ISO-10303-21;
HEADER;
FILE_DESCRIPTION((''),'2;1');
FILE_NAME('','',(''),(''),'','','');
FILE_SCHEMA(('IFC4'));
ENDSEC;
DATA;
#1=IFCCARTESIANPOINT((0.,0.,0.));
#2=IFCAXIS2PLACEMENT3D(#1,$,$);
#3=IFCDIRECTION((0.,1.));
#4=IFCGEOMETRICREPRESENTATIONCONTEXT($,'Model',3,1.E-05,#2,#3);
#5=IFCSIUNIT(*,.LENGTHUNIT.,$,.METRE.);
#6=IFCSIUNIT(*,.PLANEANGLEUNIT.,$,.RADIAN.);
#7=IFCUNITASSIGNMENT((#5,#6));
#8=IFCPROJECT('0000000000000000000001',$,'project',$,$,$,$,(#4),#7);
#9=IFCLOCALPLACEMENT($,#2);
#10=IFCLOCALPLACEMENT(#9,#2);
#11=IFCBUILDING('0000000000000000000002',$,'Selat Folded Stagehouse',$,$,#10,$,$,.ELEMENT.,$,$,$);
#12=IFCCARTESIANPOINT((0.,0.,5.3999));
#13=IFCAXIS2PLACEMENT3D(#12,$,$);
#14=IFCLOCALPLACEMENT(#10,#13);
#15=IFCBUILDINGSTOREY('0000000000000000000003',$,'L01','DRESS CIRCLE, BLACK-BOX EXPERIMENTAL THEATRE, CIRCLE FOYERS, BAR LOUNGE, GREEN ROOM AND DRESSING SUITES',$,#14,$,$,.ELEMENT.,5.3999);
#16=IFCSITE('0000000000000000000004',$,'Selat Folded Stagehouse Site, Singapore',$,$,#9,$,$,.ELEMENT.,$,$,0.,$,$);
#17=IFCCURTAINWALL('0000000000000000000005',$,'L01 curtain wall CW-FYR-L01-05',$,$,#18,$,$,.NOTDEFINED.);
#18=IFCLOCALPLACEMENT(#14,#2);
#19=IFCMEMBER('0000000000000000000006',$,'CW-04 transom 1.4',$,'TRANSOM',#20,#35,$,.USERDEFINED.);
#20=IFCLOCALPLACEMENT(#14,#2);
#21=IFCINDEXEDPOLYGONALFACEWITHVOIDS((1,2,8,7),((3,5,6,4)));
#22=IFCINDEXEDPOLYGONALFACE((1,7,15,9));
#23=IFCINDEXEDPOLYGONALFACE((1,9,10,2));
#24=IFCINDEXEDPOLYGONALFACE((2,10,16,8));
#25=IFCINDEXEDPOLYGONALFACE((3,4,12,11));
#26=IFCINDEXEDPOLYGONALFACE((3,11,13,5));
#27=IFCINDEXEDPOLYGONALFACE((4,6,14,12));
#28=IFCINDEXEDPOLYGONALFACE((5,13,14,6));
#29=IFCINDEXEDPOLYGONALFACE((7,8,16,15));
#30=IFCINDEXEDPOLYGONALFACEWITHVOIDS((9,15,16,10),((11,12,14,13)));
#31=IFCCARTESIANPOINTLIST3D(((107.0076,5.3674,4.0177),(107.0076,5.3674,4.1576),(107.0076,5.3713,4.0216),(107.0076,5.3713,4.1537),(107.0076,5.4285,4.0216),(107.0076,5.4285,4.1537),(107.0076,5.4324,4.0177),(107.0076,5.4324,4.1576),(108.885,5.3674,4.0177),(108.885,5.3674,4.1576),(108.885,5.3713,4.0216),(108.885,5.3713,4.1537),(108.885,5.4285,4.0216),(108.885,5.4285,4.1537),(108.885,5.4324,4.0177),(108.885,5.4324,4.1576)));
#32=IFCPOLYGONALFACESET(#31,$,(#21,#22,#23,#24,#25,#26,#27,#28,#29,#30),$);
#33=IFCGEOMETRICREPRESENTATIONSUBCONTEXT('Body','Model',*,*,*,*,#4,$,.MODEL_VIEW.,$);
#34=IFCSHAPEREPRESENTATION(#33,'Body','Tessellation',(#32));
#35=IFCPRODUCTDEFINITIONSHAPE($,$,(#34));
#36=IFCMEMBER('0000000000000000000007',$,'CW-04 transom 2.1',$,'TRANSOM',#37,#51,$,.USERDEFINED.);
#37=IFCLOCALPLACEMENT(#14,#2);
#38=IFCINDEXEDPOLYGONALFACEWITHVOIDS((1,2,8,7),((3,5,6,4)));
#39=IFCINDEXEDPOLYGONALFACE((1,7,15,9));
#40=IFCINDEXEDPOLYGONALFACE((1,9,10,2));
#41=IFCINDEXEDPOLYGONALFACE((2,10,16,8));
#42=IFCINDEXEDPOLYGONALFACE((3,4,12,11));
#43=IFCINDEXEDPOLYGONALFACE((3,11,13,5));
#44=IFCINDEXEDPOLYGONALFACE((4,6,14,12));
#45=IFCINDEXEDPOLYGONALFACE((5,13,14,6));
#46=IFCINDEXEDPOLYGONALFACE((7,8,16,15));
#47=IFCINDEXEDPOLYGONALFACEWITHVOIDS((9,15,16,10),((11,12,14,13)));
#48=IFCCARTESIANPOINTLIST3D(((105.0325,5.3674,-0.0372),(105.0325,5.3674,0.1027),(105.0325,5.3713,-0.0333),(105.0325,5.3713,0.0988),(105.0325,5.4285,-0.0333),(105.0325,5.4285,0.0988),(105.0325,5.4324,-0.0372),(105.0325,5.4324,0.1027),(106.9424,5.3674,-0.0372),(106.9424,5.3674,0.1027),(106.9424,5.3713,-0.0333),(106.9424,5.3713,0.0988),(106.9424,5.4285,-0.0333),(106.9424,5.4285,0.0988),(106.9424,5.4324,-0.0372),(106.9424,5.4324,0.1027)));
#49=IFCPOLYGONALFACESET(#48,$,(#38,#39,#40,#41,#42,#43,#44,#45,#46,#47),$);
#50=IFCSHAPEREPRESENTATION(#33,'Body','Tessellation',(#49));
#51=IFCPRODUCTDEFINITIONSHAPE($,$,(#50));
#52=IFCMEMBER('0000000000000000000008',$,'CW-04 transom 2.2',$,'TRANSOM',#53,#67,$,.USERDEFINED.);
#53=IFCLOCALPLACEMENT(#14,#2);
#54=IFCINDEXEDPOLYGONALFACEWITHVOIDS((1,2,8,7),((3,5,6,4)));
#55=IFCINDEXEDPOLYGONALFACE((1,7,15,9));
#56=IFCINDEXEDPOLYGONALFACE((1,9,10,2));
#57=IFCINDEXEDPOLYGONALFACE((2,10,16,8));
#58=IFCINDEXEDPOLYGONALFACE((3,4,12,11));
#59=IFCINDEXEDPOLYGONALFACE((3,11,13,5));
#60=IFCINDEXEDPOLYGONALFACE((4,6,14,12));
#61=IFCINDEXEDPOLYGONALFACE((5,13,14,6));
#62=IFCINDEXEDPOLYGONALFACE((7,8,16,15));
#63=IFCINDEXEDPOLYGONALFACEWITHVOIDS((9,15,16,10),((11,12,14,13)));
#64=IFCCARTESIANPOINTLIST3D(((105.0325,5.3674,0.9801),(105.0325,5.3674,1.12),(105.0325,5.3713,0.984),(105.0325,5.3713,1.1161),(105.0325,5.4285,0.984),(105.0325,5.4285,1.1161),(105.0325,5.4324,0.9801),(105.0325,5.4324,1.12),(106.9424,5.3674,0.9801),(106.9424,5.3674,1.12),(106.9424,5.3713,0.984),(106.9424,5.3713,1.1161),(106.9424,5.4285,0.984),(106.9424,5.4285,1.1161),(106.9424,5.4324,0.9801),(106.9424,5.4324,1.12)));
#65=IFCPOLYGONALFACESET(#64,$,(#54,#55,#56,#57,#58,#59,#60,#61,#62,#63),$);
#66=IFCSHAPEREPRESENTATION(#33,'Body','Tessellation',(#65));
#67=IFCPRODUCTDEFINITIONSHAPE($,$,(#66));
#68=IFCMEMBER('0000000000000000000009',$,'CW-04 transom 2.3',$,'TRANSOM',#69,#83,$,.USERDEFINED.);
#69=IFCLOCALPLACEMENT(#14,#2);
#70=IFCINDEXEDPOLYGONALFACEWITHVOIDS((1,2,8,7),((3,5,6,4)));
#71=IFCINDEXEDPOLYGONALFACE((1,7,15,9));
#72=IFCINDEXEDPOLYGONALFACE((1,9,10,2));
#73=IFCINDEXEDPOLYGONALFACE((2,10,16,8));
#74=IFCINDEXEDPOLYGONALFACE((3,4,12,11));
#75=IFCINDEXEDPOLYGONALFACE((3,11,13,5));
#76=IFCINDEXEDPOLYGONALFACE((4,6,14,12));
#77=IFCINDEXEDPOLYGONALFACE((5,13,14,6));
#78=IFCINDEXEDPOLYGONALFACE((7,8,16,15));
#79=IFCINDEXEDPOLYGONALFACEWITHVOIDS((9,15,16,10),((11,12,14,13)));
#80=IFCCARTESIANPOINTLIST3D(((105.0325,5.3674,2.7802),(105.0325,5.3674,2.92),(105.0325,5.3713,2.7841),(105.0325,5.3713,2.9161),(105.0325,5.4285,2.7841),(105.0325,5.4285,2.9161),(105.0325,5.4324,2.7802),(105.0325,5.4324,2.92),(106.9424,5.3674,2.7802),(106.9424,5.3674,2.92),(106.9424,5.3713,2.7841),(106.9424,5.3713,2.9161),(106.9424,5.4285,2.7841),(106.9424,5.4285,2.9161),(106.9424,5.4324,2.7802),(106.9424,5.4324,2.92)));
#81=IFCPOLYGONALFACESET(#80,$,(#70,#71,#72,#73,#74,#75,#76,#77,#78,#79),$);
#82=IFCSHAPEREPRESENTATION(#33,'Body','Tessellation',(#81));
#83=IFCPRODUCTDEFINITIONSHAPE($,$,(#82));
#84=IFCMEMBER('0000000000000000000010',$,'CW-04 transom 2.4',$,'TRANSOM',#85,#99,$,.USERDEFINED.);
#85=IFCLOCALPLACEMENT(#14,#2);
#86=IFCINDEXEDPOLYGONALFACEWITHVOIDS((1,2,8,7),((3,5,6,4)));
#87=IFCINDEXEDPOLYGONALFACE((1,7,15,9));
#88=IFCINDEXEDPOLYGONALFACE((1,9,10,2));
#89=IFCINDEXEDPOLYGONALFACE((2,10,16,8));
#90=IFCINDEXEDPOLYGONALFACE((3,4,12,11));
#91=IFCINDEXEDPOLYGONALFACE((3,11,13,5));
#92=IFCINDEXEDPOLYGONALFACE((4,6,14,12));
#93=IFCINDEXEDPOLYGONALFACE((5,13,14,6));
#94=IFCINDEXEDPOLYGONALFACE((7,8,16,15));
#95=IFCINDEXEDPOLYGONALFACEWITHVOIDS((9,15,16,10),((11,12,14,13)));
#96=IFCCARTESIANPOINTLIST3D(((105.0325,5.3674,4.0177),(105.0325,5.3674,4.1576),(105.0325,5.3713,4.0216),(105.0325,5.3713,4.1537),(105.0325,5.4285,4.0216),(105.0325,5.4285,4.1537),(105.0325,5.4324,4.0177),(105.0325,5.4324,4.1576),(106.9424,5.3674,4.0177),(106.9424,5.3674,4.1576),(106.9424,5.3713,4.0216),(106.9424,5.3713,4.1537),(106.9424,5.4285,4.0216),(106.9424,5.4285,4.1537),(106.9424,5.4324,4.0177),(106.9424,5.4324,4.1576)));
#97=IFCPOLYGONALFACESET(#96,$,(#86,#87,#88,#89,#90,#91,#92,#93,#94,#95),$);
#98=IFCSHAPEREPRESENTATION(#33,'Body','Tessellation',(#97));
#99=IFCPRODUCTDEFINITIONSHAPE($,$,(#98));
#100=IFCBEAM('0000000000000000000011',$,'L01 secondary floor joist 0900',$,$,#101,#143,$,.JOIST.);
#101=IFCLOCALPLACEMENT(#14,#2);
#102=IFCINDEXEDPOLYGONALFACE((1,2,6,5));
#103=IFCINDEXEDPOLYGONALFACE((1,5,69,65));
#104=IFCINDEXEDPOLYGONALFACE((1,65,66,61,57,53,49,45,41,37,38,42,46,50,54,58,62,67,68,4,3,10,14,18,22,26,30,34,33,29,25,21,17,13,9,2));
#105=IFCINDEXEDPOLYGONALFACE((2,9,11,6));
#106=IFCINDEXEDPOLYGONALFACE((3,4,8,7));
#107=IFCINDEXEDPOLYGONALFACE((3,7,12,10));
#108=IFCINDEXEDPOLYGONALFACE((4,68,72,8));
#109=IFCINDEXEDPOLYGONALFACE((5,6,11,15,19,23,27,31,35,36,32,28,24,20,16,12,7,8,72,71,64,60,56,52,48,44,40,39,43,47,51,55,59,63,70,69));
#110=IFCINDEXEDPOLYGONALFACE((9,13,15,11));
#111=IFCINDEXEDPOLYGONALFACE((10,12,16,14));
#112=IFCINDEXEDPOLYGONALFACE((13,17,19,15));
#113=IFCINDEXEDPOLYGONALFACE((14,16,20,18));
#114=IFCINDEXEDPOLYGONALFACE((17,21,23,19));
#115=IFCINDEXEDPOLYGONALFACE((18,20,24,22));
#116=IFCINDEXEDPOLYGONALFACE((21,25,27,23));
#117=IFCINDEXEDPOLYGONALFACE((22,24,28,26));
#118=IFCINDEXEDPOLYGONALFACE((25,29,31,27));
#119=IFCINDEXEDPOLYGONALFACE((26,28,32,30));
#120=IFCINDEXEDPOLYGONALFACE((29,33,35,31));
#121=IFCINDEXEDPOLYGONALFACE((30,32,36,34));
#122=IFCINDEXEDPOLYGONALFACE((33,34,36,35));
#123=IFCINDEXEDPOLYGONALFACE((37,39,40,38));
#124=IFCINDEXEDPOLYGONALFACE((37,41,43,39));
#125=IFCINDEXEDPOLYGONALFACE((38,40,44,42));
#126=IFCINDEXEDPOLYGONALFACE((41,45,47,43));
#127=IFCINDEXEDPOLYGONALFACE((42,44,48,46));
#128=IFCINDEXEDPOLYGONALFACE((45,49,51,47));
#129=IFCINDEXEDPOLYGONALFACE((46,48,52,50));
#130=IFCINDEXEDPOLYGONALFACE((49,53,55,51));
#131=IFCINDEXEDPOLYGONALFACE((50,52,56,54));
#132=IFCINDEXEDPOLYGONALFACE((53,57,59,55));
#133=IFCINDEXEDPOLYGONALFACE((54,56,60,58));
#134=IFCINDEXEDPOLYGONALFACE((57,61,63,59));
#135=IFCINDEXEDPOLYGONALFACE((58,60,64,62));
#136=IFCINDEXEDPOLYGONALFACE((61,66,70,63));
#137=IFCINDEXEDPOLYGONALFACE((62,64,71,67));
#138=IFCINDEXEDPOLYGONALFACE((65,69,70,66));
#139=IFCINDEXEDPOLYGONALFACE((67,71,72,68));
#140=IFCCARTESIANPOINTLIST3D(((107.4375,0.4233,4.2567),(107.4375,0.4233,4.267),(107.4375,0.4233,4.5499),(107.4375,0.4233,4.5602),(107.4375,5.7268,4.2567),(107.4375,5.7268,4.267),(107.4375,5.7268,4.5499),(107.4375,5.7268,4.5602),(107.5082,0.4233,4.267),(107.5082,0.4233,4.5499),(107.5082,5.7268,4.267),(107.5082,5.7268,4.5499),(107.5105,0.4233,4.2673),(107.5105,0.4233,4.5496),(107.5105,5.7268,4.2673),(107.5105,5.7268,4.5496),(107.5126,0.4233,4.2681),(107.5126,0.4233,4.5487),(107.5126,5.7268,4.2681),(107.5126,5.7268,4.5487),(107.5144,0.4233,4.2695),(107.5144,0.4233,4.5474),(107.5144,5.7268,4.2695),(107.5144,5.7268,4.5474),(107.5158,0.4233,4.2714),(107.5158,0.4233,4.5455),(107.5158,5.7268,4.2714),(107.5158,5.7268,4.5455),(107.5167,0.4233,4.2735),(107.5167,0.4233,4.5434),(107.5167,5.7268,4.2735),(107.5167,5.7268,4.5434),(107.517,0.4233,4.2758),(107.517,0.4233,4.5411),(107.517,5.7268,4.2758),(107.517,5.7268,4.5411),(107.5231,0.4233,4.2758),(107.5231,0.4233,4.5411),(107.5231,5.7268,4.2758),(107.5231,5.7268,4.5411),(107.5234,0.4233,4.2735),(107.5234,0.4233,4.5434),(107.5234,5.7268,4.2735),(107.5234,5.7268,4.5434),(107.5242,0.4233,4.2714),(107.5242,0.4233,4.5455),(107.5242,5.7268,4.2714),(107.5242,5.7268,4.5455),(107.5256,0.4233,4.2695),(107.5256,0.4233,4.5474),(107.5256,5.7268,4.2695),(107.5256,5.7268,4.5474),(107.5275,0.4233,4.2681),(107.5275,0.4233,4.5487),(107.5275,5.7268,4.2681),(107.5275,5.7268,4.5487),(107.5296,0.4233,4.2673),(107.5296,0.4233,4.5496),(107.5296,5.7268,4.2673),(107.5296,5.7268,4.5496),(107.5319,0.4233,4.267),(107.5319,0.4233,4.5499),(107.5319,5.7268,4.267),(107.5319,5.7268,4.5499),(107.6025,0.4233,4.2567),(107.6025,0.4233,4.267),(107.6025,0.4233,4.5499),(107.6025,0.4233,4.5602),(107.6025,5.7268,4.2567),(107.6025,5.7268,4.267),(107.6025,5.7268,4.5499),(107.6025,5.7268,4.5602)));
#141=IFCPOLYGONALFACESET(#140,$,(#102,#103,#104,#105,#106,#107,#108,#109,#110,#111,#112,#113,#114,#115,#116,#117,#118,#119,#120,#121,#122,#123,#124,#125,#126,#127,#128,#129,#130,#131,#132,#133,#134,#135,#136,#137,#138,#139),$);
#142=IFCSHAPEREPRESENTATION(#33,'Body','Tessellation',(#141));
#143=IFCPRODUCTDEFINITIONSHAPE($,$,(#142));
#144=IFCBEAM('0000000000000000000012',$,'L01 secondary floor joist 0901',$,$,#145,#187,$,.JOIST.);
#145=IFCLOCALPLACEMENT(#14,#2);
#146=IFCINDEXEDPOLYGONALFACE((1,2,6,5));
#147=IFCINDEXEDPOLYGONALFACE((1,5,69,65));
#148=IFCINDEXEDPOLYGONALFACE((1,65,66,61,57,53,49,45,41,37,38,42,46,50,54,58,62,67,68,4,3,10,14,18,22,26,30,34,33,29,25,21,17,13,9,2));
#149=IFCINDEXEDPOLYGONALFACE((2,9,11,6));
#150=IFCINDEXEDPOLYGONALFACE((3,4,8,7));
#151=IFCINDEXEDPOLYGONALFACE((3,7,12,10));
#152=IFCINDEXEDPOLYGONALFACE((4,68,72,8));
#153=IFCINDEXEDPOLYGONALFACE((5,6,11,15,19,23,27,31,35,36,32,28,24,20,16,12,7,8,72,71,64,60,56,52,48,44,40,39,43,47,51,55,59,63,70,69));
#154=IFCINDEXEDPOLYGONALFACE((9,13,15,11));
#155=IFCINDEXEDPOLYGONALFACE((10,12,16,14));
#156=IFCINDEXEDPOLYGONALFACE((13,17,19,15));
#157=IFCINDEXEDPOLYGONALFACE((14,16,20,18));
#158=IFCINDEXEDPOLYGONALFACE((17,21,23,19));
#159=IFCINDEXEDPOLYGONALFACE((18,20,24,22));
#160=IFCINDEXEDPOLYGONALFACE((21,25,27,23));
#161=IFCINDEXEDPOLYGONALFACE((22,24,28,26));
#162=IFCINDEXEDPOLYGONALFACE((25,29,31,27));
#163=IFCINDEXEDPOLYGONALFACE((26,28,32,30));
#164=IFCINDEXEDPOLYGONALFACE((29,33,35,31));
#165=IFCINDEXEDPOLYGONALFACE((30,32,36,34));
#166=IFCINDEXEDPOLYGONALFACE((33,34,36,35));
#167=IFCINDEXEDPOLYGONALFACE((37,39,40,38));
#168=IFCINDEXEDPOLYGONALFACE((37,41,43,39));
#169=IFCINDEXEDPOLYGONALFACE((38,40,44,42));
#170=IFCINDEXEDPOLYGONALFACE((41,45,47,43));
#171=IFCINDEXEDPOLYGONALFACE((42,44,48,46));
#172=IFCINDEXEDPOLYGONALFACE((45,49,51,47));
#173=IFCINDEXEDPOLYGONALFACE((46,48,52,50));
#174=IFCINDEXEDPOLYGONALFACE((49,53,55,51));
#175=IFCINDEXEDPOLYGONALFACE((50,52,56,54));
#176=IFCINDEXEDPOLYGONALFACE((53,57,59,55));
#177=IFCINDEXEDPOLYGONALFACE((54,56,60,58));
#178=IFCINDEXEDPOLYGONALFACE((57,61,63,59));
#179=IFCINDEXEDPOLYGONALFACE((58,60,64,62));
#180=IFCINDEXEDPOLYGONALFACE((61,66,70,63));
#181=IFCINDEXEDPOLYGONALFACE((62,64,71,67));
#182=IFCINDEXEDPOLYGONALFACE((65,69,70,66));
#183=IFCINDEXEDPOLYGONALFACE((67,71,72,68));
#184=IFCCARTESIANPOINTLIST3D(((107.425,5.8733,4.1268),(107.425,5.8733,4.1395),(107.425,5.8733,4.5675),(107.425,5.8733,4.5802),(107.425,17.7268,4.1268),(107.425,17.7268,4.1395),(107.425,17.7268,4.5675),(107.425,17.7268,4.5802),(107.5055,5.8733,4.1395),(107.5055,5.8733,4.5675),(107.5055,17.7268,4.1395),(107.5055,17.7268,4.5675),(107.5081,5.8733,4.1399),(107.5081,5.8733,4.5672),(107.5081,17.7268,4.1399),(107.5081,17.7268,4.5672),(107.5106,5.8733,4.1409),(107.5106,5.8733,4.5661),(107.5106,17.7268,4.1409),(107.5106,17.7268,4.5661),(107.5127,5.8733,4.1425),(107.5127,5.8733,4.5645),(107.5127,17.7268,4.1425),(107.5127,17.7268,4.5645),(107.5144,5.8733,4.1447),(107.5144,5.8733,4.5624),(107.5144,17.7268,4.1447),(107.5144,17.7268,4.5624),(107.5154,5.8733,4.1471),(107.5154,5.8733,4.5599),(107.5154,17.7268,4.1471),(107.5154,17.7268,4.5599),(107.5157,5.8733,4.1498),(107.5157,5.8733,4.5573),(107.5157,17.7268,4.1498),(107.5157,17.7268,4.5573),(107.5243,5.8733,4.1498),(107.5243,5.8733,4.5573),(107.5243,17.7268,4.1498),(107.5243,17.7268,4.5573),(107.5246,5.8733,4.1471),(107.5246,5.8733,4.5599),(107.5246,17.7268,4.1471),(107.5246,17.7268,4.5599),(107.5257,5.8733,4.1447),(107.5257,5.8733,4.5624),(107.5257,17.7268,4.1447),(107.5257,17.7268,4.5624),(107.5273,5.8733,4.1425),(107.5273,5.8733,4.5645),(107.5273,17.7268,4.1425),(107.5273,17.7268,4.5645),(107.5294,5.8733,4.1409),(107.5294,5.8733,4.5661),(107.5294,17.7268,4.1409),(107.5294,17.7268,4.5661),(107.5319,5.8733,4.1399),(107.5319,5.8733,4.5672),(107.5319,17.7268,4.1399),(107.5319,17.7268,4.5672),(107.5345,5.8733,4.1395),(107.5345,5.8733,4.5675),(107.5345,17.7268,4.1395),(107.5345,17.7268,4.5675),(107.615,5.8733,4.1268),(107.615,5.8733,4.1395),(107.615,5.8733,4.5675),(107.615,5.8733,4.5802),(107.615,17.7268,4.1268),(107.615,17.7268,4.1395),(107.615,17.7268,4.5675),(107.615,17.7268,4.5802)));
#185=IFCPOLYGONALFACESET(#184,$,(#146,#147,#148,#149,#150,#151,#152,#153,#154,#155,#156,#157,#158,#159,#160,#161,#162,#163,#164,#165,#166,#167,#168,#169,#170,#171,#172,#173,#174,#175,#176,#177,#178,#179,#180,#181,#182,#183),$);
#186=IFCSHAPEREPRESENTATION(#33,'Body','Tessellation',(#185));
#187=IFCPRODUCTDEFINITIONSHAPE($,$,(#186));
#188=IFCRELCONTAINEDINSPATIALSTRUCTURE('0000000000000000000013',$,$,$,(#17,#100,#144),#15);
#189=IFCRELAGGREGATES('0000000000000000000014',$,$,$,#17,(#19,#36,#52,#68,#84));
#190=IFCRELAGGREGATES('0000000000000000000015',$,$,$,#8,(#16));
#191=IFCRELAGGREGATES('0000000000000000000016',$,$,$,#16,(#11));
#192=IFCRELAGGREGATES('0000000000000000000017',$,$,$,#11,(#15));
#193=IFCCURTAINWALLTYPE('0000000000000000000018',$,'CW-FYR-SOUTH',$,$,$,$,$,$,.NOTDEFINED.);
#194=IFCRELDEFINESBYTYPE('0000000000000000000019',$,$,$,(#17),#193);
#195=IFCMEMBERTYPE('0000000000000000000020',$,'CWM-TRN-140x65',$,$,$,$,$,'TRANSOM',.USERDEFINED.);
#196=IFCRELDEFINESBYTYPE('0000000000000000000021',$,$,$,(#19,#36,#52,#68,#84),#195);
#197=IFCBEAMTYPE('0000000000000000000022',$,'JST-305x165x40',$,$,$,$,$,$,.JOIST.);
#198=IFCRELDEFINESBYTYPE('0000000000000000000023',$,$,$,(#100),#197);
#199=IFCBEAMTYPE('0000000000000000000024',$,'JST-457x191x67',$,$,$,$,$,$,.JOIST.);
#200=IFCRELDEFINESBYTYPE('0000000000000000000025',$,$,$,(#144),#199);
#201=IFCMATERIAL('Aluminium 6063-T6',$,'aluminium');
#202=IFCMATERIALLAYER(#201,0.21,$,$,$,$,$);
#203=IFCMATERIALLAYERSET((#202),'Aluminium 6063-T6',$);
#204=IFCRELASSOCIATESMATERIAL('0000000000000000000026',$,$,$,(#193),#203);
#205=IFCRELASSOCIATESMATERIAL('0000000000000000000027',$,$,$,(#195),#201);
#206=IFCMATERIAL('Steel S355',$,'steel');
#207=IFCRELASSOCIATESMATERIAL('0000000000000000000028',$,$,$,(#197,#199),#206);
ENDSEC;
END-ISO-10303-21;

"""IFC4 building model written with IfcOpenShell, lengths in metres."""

from ifc_helpers import new_model, si_unit, direction, frame, origin, origin_2d, place, context, subcontext, project, spatial, hollow_rectangle, i_section, extrude, material, layer, layer_set, material_profile, profile_set, type_object, element, aggregate, save


model = new_model("IFC4")

# Units and contexts
model_context = context("Model", 3, precision=1e-05, world=origin(), true_north=direction((0.0, 1.0)))
body_context = subcontext(model_context, "Body", "Model", "MODEL_VIEW")
ifc_project = project(units=[si_unit("LENGTHUNIT", "METRE"), si_unit("PLANEANGLEUNIT", "RADIAN")], contexts=[model_context])

# Site, building, storey
site_placement = place(None, origin())
site = spatial("IfcSite", under=ifc_project, at=site_placement, Name="Selat Folded Stagehouse Site, Singapore", CompositionType="ELEMENT", RefElevation=0.0)
building_placement = place(site_placement, origin())
building = spatial("IfcBuilding", under=site, at=building_placement, Name="Selat Folded Stagehouse", CompositionType="ELEMENT")
storey_placement = place(building_placement, frame((0.0, 0.0, 5.3999)))
storey = spatial("IfcBuildingStorey", under=building, at=storey_placement, Name="L01", Description="DRESS CIRCLE, BLACK-BOX EXPERIMENTAL THEATRE, CIRCLE FOYERS, BAR LOUNGE, GREEN ROOM AND DRESSING SUITES", CompositionType="ELEMENT", Elevation=5.3999)

# Shared definitions
ifc_material_1 = material(Name="Steel S355", Category="steel")

# Curtain wall, members
ifc_material_2 = material(Name="Aluminium 6063-T6", Category="aluminium")
ifc_layer_1 = layer(ifc_material_2, 0.21)
ifc_layer_set_1 = layer_set([ifc_layer_1], Name="Aluminium 6063-T6")
curtain_wall_type = type_object("IfcCurtainWallType", Name="CW-FYR-SOUTH", PredefinedType="NOTDEFINED", material=ifc_layer_set_1)
curtain_wall_placement = place(storey_placement, origin())
curtain_wall = element("IfcCurtainWall", 1, at=curtain_wall_placement, inside=storey, type_object=curtain_wall_type, Name="L01 curtain wall CW-FYR-L01-05", PredefinedType="NOTDEFINED")
ifc_material_profile_1 = material_profile(ifc_material_2, hollow_rectangle(XDim=0.0649, YDim=0.1399, WallThickness=0.0039, at=origin_2d()), Name="ALU 140x65x4.0")
ifc_profile_set_1 = profile_set([ifc_material_profile_1], Name="Aluminium 6063-T6")
member_type_1 = type_object("IfcMemberType", Name="CWM-TRN-140x65", ElementType="TRANSOM", PredefinedType="USERDEFINED", material=ifc_profile_set_1)
member_1_placement = place(storey_placement, frame((108.885, 5.3999, 4.0876), z_axis=(-1.0, 0.0, 0.0), x_axis=(0.0, -1.0, 0.0)))
member_1 = element("IfcMember", 2, at=member_1_placement, type_object=member_type_1, Name="CW-04 transom 1.4", ObjectType="TRANSOM", PredefinedType="USERDEFINED", context=body_context, shape_type="SweptSolid", body=[
    extrude(hollow_rectangle(XDim=0.0649, YDim=0.1399, WallThickness=0.0039, at=origin_2d()), origin(), (0.0, 0.0, 1.0), 1.8774),
])
member_2_placement = place(storey_placement, frame((106.9424, 5.3999, 0.0327), z_axis=(-1.0, 0.0, 0.0), x_axis=(0.0, -1.0, 0.0)))
member_2 = element("IfcMember", 3, at=member_2_placement, type_object=member_type_1, Name="CW-04 transom 2.1", ObjectType="TRANSOM", PredefinedType="USERDEFINED", context=body_context, shape_type="SweptSolid", body=[
    extrude(hollow_rectangle(XDim=0.0649, YDim=0.1399, WallThickness=0.0039, at=origin_2d()), origin(), (0.0, 0.0, 1.0), 1.9099),
])
member_3_placement = place(storey_placement, frame((106.9424, 5.3999, 1.05), z_axis=(-1.0, 0.0, 0.0), x_axis=(0.0, -1.0, 0.0)))
member_3 = element("IfcMember", 4, at=member_3_placement, type_object=member_type_1, Name="CW-04 transom 2.2", ObjectType="TRANSOM", PredefinedType="USERDEFINED", context=body_context, shape_type="SweptSolid", body=[
    extrude(hollow_rectangle(XDim=0.0649, YDim=0.1399, WallThickness=0.0039, at=origin_2d()), origin(), (0.0, 0.0, 1.0), 1.9099),
])
member_4_placement = place(storey_placement, frame((106.9424, 5.3999, 2.8501), z_axis=(-1.0, 0.0, 0.0), x_axis=(0.0, -1.0, 0.0)))
member_4 = element("IfcMember", 5, at=member_4_placement, type_object=member_type_1, Name="CW-04 transom 2.3", ObjectType="TRANSOM", PredefinedType="USERDEFINED", context=body_context, shape_type="SweptSolid", body=[
    extrude(hollow_rectangle(XDim=0.0649, YDim=0.1399, WallThickness=0.0039, at=origin_2d()), origin(), (0.0, 0.0, 1.0), 1.9099),
])
member_5_placement = place(storey_placement, frame((106.9424, 5.3999, 4.0876), z_axis=(-1.0, 0.0, 0.0), x_axis=(0.0, -1.0, 0.0)))
member_5 = element("IfcMember", 6, at=member_5_placement, type_object=member_type_1, Name="CW-04 transom 2.4", ObjectType="TRANSOM", PredefinedType="USERDEFINED", context=body_context, shape_type="SweptSolid", body=[
    extrude(hollow_rectangle(XDim=0.0649, YDim=0.1399, WallThickness=0.0039, at=origin_2d()), origin(), (0.0, 0.0, 1.0), 1.9099),
])

# Beams
ifc_material_profile_2 = material_profile(ifc_material_1, i_section(OverallWidth=0.165, OverallDepth=0.3035, WebThickness=0.0061, FlangeThickness=0.0103, FilletRadius=0.0088, at=origin_2d()), Name="UKB 305x165x40")
ifc_profile_set_2 = profile_set([ifc_material_profile_2], Name="Steel S355")
beam_type_1 = type_object("IfcBeamType", Name="JST-305x165x40", PredefinedType="JOIST", material=ifc_profile_set_2)
beam_1_placement = place(storey_placement, frame((107.52, 0.4233, 4.4084), z_axis=(0.0, 1.0, 0.0), x_axis=(-1.0, 0.0, 0.0)))
element("IfcBeam", 7, at=beam_1_placement, inside=storey, type_object=beam_type_1, Name="L01 secondary floor joist 0900", PredefinedType="JOIST", context=body_context, shape_type="SweptSolid", body=[
    extrude(i_section(OverallWidth=0.165, OverallDepth=0.3035, WebThickness=0.0061, FlangeThickness=0.0103, FilletRadius=0.0088, at=origin_2d()), origin(), (0.0, 0.0, 1.0), 5.3035),
])
ifc_material_profile_3 = material_profile(ifc_material_1, i_section(OverallWidth=0.1899, OverallDepth=0.4534, WebThickness=0.0085, FlangeThickness=0.0127, FilletRadius=0.0103, at=origin_2d()), Name="UKB 457x191x67")
ifc_profile_set_3 = profile_set([ifc_material_profile_3], Name="Steel S355")
beam_type_2 = type_object("IfcBeamType", Name="JST-457x191x67", PredefinedType="JOIST", material=ifc_profile_set_3)
beam_2_placement = place(storey_placement, frame((107.52, 5.8733, 4.3535), z_axis=(0.0, 1.0, 0.0), x_axis=(-1.0, 0.0, 0.0)))
element("IfcBeam", 8, at=beam_2_placement, inside=storey, type_object=beam_type_2, Name="L01 secondary floor joist 0901", PredefinedType="JOIST", context=body_context, shape_type="SweptSolid", body=[
    extrude(i_section(OverallWidth=0.1899, OverallDepth=0.4534, WebThickness=0.0085, FlangeThickness=0.0127, FilletRadius=0.0103, at=origin_2d()), origin(), (0.0, 0.0, 1.0), 11.8535),
])

aggregate(curtain_wall, [member_1, member_2, member_3, member_4, member_5])

save(model, "model.ifc")
